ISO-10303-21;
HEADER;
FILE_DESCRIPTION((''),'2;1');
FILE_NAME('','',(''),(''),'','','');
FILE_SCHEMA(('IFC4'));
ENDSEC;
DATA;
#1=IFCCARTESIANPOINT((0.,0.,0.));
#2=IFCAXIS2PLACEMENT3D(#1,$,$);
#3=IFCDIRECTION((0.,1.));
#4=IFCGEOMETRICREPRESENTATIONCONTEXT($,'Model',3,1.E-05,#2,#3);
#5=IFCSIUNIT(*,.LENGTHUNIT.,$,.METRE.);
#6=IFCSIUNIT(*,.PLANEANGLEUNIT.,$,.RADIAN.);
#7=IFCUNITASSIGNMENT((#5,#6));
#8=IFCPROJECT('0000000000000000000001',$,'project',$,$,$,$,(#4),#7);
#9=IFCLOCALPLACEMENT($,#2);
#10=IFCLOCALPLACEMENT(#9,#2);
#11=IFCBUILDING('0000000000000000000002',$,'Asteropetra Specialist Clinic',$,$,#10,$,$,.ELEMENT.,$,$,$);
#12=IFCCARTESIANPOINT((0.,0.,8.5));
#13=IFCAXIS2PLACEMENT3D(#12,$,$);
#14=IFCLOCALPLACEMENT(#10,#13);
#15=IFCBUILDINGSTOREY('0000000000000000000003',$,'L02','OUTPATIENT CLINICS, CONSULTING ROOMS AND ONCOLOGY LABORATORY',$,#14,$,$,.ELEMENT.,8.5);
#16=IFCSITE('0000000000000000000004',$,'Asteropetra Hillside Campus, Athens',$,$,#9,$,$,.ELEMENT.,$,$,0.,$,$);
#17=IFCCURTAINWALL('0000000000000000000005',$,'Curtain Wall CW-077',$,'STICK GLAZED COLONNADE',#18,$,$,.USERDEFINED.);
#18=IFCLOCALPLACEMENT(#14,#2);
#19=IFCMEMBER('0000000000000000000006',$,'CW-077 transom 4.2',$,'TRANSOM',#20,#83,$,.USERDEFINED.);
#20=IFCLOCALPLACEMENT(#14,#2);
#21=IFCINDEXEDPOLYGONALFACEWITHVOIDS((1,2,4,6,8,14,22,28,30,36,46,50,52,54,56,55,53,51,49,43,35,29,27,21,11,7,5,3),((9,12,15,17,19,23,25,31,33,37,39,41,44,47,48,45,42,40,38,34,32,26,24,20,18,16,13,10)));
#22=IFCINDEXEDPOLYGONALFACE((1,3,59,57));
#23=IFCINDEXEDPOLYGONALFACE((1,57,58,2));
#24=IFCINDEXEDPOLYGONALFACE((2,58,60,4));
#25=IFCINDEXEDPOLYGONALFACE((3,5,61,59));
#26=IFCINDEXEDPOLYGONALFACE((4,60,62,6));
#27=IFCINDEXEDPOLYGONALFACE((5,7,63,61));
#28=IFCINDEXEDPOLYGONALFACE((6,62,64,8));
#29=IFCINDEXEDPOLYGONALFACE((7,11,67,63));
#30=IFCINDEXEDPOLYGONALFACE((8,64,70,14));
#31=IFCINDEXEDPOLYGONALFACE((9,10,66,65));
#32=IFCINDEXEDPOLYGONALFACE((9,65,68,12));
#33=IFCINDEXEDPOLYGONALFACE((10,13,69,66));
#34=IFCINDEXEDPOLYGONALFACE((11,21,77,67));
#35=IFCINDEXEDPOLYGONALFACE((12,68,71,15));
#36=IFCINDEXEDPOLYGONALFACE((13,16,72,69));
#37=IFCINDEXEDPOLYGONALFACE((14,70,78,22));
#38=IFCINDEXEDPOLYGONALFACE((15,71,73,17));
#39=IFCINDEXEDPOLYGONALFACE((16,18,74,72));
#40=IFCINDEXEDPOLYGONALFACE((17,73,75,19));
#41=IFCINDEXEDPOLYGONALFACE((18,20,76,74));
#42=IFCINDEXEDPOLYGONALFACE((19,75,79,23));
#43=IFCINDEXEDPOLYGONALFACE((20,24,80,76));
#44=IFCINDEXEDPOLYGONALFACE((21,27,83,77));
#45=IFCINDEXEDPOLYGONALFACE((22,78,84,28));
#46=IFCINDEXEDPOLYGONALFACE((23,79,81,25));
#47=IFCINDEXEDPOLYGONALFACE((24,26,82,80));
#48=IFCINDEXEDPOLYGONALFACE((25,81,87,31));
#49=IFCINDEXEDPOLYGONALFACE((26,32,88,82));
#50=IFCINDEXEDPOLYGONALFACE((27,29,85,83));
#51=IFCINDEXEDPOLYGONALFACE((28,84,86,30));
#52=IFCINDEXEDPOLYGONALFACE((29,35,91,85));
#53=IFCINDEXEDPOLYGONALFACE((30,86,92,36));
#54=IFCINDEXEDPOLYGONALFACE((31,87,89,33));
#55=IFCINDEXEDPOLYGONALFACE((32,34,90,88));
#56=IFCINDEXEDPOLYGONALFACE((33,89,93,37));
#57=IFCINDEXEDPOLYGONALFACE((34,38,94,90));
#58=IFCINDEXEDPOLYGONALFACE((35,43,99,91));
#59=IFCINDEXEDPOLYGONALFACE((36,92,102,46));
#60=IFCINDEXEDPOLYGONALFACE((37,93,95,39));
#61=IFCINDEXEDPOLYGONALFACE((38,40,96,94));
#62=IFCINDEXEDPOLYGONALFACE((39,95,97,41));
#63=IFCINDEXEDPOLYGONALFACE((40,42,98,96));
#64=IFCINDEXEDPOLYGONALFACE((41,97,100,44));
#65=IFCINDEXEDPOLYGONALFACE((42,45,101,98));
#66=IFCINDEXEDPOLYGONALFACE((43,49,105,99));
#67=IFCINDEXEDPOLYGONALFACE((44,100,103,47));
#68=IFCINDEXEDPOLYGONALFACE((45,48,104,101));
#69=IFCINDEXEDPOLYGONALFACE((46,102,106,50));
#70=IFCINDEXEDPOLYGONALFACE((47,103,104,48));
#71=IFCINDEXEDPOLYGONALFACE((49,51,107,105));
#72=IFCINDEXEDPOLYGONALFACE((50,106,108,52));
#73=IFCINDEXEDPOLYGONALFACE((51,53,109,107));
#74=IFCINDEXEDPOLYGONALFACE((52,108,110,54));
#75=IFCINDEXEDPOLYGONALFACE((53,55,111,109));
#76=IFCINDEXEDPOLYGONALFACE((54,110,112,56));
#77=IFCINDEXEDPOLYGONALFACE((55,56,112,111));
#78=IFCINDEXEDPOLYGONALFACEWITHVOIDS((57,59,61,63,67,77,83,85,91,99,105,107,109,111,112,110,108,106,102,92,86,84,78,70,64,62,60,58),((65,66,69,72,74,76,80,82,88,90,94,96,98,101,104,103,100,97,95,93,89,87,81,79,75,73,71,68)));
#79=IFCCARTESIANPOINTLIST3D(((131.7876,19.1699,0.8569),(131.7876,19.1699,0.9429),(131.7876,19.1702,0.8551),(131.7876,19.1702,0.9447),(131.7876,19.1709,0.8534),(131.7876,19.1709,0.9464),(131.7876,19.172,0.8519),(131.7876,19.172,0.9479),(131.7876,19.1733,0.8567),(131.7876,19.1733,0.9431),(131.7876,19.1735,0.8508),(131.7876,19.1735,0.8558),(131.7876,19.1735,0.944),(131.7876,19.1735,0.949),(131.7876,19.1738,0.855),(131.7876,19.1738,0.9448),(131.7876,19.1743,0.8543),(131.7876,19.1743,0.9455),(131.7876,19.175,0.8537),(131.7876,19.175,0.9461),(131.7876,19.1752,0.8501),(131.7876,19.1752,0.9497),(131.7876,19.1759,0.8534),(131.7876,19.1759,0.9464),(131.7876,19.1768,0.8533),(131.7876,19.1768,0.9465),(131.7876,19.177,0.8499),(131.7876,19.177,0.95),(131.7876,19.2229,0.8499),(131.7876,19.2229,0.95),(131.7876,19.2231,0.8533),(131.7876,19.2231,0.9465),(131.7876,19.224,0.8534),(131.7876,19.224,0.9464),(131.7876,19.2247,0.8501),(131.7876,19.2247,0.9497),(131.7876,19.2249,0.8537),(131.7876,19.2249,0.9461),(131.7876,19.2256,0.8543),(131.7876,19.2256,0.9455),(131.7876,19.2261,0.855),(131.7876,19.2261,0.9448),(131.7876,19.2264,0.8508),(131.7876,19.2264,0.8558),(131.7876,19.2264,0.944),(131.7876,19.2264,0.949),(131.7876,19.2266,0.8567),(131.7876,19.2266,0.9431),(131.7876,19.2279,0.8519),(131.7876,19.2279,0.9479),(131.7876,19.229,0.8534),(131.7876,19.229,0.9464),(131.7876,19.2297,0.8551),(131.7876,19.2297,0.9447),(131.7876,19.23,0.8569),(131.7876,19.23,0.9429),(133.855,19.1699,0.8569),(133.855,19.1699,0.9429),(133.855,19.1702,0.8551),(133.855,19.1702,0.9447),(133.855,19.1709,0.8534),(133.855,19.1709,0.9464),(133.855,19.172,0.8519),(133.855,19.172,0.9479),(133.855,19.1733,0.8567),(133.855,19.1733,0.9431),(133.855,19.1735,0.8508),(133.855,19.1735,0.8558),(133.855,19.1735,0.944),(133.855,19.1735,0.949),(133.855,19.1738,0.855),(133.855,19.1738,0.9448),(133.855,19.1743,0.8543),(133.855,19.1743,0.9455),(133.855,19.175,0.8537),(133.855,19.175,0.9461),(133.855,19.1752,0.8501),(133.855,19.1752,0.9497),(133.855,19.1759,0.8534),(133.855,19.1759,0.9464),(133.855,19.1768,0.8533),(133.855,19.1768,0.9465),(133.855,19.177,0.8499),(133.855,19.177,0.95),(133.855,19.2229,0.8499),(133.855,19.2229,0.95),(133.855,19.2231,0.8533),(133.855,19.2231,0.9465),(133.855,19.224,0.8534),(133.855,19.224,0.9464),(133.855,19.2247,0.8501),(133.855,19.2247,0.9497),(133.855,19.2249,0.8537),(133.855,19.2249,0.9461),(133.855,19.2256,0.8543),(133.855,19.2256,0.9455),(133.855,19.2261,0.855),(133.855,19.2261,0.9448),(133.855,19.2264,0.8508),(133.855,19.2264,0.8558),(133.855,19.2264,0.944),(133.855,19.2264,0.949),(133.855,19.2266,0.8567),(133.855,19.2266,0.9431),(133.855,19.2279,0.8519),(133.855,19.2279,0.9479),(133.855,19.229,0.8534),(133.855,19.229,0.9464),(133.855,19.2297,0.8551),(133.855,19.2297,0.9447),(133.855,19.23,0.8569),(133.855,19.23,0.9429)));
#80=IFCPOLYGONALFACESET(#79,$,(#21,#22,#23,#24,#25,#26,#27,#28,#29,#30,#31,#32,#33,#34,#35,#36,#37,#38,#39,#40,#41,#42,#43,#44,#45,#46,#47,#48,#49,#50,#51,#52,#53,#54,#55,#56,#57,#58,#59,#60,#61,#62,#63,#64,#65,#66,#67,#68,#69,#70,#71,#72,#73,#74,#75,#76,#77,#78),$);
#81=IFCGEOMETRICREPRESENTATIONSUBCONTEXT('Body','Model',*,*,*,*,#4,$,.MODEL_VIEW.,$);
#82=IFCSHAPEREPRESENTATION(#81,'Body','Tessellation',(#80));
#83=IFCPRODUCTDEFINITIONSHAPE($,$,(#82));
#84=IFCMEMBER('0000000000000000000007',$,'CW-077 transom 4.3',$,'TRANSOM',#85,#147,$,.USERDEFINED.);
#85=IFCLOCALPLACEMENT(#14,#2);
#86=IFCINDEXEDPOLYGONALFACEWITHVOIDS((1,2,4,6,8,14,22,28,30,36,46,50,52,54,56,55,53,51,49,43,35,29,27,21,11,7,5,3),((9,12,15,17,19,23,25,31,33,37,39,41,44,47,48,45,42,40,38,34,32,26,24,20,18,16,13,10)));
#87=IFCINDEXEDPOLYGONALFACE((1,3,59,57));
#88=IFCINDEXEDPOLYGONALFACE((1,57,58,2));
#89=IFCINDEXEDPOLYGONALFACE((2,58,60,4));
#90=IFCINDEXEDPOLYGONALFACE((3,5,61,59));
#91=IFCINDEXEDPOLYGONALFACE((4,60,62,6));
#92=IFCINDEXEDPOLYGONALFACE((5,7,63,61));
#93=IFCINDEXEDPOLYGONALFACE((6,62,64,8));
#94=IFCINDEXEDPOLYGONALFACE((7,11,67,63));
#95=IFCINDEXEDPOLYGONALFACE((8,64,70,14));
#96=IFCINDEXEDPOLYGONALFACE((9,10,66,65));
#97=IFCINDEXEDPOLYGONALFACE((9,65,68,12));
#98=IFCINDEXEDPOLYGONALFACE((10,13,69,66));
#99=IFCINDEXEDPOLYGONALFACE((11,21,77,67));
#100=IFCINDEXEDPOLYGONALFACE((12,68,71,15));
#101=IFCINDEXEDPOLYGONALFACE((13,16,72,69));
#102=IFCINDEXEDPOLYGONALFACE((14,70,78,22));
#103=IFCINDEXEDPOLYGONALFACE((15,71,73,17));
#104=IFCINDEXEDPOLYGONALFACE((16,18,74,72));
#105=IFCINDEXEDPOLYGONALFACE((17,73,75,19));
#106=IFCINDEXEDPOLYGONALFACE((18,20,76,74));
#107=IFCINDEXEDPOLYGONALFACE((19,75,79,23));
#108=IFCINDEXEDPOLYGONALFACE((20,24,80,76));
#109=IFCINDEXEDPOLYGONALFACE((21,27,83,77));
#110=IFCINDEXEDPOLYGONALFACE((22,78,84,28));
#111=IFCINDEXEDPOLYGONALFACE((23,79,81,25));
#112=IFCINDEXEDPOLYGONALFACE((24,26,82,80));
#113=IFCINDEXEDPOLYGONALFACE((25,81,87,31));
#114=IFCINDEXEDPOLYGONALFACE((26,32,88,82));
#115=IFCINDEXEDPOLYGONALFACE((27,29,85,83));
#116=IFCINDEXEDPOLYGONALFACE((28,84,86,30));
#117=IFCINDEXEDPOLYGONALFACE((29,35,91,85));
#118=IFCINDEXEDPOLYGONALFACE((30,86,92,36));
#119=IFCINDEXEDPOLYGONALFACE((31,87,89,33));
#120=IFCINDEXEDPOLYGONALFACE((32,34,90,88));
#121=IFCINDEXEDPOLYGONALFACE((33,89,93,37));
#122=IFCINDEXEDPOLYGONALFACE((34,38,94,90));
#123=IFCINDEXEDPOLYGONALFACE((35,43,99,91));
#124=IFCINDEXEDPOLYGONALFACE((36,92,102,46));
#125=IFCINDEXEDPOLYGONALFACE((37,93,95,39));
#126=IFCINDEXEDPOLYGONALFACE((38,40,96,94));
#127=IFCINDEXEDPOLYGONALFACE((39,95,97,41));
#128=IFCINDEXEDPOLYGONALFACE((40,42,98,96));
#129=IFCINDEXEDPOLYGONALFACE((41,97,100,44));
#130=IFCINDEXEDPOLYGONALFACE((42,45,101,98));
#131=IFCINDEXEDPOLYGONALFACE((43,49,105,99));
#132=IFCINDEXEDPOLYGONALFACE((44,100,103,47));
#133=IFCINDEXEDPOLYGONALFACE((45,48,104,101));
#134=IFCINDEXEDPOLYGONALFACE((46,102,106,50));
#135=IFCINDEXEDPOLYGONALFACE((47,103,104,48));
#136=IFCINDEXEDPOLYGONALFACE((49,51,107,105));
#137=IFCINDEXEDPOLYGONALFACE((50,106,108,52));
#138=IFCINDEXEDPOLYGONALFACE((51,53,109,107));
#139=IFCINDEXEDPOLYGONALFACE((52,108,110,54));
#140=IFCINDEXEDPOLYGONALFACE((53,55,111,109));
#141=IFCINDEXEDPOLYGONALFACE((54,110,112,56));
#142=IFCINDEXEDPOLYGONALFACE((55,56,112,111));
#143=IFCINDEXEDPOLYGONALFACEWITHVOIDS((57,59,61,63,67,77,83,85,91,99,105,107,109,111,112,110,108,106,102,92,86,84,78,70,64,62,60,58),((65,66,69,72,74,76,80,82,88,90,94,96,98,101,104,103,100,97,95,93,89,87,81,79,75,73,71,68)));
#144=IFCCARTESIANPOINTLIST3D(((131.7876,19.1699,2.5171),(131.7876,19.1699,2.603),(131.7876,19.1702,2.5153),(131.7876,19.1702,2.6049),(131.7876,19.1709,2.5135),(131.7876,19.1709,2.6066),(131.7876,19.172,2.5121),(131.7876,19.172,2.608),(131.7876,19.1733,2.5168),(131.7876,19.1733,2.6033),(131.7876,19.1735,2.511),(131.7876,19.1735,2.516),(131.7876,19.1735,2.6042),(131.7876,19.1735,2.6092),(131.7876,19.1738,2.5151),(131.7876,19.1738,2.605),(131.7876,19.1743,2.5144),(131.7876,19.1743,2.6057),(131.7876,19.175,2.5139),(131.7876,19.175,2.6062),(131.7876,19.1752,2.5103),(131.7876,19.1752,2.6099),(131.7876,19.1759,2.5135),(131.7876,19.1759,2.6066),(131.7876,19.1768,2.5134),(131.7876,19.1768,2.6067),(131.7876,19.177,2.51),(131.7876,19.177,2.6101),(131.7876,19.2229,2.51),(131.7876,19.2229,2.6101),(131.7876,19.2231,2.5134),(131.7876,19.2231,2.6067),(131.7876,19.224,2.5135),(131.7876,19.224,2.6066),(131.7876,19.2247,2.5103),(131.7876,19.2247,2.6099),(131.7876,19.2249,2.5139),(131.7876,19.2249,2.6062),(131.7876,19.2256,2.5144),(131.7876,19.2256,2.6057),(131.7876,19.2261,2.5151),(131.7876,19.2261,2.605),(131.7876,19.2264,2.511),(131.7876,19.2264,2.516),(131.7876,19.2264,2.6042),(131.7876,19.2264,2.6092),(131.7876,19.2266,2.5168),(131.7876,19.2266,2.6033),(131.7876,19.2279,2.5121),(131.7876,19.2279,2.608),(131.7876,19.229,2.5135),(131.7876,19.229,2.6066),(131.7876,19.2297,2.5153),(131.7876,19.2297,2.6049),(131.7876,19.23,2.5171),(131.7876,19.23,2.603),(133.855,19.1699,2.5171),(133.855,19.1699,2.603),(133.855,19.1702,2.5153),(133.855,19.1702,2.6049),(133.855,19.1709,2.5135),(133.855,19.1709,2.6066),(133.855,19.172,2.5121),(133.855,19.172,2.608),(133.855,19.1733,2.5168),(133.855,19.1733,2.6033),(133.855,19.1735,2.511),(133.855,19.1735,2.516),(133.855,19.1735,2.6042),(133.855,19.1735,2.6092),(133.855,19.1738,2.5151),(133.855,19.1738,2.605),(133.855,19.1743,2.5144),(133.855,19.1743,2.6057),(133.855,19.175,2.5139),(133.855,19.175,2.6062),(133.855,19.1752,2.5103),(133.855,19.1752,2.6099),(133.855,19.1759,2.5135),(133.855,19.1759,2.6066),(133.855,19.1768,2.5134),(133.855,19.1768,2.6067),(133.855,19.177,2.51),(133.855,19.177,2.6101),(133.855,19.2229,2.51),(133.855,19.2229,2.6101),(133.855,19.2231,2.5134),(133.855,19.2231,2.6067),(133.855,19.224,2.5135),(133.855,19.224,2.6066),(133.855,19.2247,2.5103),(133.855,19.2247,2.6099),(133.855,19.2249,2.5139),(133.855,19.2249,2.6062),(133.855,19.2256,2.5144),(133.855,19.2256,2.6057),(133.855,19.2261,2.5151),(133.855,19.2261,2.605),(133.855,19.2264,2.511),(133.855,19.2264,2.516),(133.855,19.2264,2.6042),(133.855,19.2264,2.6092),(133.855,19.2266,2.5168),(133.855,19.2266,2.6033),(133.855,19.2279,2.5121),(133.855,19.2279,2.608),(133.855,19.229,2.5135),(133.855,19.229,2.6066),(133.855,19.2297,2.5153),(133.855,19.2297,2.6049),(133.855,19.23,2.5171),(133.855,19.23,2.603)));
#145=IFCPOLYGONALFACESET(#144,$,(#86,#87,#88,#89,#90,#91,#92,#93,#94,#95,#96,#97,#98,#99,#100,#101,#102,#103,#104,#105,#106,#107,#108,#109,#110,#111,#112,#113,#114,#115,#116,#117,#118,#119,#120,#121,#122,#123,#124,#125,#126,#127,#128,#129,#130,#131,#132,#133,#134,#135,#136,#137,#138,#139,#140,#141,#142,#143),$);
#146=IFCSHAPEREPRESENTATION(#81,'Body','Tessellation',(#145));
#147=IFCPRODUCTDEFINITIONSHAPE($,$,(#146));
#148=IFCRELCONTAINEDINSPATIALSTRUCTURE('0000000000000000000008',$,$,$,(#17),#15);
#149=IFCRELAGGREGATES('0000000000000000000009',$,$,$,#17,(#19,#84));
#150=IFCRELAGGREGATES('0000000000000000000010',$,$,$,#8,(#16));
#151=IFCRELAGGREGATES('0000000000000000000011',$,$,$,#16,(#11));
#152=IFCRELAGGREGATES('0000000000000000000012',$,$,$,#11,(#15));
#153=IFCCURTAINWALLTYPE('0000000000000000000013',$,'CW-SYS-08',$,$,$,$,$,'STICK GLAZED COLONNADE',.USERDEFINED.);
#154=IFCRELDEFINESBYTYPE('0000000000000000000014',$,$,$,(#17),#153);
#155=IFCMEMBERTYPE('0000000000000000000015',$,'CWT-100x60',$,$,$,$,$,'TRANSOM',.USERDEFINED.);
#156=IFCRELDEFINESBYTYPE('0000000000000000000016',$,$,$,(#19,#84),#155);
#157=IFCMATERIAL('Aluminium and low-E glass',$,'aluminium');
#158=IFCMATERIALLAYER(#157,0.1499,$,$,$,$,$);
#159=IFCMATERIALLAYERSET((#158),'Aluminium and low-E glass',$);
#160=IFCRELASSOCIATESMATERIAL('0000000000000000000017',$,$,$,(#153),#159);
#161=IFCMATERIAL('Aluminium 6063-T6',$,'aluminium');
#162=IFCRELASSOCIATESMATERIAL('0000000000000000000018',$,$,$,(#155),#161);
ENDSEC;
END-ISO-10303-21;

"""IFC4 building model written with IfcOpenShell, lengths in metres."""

from ifc_helpers import new_model, si_unit, direction, frame, origin, origin_2d, place, context, subcontext, project, spatial, hollow_rectangle, extrude, material, layer, layer_set, material_profile, profile_set, type_object, element, aggregate, save


model = new_model("IFC4")

# Units and contexts
model_context = context("Model", 3, precision=1e-05, world=origin(), true_north=direction((0.0, 1.0)))
body_context = subcontext(model_context, "Body", "Model", "MODEL_VIEW")
ifc_project = project(units=[si_unit("LENGTHUNIT", "METRE"), si_unit("PLANEANGLEUNIT", "RADIAN")], contexts=[model_context])

# Site, building, storey
site_placement = place(None, origin())
site = spatial("IfcSite", under=ifc_project, at=site_placement, Name="Asteropetra Hillside Campus, Athens", CompositionType="ELEMENT", RefElevation=0.0)
building_placement = place(site_placement, origin())
building = spatial("IfcBuilding", under=site, at=building_placement, Name="Asteropetra Specialist Clinic", CompositionType="ELEMENT")
storey_placement = place(building_placement, frame((0.0, 0.0, 8.5)))
storey = spatial("IfcBuildingStorey", under=building, at=storey_placement, Name="L02", Description="OUTPATIENT CLINICS, CONSULTING ROOMS AND ONCOLOGY LABORATORY", CompositionType="ELEMENT", Elevation=8.5)

# Curtain wall, members
ifc_material_1 = material(Name="Aluminium and low-E glass", Category="aluminium")
ifc_layer_1 = layer(ifc_material_1, 0.1499)
ifc_layer_set_1 = layer_set([ifc_layer_1], Name="Aluminium and low-E glass")
curtain_wall_type = type_object("IfcCurtainWallType", Name="CW-SYS-08", ElementType="STICK GLAZED COLONNADE", PredefinedType="USERDEFINED", material=ifc_layer_set_1)
curtain_wall_placement = place(storey_placement, origin())
curtain_wall = element("IfcCurtainWall", 1, at=curtain_wall_placement, inside=storey, type_object=curtain_wall_type, Name="Curtain Wall CW-077", ObjectType="STICK GLAZED COLONNADE", PredefinedType="USERDEFINED")
ifc_material_2 = material(Name="Aluminium 6063-T6", Category="aluminium")
ifc_material_profile_1 = material_profile(ifc_material_2, hollow_rectangle(XDim=0.0601, YDim=0.1001, WallThickness=0.0034, InnerFilletRadius=0.0034, OuterFilletRadius=0.0071, at=origin_2d()), Name="TRN 100x60x3.5")
ifc_profile_set_1 = profile_set([ifc_material_profile_1], Name="Aluminium 6063-T6")
member_type_1 = type_object("IfcMemberType", Name="CWT-100x60", ElementType="TRANSOM", PredefinedType="USERDEFINED", material=ifc_profile_set_1)
member_1_placement = place(storey_placement, frame((131.7876, 19.2, 0.8999), z_axis=(1.0, 0.0, 0.0), x_axis=(0.0, 1.0, 0.0)))
member_1 = element("IfcMember", 2, at=member_1_placement, type_object=member_type_1, Name="CW-077 transom 4.2", ObjectType="TRANSOM", PredefinedType="USERDEFINED", context=body_context, shape_type="SweptSolid", body=[
    extrude(hollow_rectangle(XDim=0.0601, YDim=0.1001, WallThickness=0.0034, InnerFilletRadius=0.0034, OuterFilletRadius=0.0071, at=origin_2d()), origin(), (0.0, 0.0, 1.0), 2.0674),
])
member_2_placement = place(storey_placement, frame((131.7876, 19.2, 2.5601), z_axis=(1.0, 0.0, 0.0), x_axis=(0.0, 1.0, 0.0)))
member_2 = element("IfcMember", 3, at=member_2_placement, type_object=member_type_1, Name="CW-077 transom 4.3", ObjectType="TRANSOM", PredefinedType="USERDEFINED", context=body_context, shape_type="SweptSolid", body=[
    extrude(hollow_rectangle(XDim=0.0601, YDim=0.1001, WallThickness=0.0034, InnerFilletRadius=0.0034, OuterFilletRadius=0.0071, at=origin_2d()), origin(), (0.0, 0.0, 1.0), 2.0674),
])

aggregate(curtain_wall, [member_1, member_2])

save(model, "model.ifc")
